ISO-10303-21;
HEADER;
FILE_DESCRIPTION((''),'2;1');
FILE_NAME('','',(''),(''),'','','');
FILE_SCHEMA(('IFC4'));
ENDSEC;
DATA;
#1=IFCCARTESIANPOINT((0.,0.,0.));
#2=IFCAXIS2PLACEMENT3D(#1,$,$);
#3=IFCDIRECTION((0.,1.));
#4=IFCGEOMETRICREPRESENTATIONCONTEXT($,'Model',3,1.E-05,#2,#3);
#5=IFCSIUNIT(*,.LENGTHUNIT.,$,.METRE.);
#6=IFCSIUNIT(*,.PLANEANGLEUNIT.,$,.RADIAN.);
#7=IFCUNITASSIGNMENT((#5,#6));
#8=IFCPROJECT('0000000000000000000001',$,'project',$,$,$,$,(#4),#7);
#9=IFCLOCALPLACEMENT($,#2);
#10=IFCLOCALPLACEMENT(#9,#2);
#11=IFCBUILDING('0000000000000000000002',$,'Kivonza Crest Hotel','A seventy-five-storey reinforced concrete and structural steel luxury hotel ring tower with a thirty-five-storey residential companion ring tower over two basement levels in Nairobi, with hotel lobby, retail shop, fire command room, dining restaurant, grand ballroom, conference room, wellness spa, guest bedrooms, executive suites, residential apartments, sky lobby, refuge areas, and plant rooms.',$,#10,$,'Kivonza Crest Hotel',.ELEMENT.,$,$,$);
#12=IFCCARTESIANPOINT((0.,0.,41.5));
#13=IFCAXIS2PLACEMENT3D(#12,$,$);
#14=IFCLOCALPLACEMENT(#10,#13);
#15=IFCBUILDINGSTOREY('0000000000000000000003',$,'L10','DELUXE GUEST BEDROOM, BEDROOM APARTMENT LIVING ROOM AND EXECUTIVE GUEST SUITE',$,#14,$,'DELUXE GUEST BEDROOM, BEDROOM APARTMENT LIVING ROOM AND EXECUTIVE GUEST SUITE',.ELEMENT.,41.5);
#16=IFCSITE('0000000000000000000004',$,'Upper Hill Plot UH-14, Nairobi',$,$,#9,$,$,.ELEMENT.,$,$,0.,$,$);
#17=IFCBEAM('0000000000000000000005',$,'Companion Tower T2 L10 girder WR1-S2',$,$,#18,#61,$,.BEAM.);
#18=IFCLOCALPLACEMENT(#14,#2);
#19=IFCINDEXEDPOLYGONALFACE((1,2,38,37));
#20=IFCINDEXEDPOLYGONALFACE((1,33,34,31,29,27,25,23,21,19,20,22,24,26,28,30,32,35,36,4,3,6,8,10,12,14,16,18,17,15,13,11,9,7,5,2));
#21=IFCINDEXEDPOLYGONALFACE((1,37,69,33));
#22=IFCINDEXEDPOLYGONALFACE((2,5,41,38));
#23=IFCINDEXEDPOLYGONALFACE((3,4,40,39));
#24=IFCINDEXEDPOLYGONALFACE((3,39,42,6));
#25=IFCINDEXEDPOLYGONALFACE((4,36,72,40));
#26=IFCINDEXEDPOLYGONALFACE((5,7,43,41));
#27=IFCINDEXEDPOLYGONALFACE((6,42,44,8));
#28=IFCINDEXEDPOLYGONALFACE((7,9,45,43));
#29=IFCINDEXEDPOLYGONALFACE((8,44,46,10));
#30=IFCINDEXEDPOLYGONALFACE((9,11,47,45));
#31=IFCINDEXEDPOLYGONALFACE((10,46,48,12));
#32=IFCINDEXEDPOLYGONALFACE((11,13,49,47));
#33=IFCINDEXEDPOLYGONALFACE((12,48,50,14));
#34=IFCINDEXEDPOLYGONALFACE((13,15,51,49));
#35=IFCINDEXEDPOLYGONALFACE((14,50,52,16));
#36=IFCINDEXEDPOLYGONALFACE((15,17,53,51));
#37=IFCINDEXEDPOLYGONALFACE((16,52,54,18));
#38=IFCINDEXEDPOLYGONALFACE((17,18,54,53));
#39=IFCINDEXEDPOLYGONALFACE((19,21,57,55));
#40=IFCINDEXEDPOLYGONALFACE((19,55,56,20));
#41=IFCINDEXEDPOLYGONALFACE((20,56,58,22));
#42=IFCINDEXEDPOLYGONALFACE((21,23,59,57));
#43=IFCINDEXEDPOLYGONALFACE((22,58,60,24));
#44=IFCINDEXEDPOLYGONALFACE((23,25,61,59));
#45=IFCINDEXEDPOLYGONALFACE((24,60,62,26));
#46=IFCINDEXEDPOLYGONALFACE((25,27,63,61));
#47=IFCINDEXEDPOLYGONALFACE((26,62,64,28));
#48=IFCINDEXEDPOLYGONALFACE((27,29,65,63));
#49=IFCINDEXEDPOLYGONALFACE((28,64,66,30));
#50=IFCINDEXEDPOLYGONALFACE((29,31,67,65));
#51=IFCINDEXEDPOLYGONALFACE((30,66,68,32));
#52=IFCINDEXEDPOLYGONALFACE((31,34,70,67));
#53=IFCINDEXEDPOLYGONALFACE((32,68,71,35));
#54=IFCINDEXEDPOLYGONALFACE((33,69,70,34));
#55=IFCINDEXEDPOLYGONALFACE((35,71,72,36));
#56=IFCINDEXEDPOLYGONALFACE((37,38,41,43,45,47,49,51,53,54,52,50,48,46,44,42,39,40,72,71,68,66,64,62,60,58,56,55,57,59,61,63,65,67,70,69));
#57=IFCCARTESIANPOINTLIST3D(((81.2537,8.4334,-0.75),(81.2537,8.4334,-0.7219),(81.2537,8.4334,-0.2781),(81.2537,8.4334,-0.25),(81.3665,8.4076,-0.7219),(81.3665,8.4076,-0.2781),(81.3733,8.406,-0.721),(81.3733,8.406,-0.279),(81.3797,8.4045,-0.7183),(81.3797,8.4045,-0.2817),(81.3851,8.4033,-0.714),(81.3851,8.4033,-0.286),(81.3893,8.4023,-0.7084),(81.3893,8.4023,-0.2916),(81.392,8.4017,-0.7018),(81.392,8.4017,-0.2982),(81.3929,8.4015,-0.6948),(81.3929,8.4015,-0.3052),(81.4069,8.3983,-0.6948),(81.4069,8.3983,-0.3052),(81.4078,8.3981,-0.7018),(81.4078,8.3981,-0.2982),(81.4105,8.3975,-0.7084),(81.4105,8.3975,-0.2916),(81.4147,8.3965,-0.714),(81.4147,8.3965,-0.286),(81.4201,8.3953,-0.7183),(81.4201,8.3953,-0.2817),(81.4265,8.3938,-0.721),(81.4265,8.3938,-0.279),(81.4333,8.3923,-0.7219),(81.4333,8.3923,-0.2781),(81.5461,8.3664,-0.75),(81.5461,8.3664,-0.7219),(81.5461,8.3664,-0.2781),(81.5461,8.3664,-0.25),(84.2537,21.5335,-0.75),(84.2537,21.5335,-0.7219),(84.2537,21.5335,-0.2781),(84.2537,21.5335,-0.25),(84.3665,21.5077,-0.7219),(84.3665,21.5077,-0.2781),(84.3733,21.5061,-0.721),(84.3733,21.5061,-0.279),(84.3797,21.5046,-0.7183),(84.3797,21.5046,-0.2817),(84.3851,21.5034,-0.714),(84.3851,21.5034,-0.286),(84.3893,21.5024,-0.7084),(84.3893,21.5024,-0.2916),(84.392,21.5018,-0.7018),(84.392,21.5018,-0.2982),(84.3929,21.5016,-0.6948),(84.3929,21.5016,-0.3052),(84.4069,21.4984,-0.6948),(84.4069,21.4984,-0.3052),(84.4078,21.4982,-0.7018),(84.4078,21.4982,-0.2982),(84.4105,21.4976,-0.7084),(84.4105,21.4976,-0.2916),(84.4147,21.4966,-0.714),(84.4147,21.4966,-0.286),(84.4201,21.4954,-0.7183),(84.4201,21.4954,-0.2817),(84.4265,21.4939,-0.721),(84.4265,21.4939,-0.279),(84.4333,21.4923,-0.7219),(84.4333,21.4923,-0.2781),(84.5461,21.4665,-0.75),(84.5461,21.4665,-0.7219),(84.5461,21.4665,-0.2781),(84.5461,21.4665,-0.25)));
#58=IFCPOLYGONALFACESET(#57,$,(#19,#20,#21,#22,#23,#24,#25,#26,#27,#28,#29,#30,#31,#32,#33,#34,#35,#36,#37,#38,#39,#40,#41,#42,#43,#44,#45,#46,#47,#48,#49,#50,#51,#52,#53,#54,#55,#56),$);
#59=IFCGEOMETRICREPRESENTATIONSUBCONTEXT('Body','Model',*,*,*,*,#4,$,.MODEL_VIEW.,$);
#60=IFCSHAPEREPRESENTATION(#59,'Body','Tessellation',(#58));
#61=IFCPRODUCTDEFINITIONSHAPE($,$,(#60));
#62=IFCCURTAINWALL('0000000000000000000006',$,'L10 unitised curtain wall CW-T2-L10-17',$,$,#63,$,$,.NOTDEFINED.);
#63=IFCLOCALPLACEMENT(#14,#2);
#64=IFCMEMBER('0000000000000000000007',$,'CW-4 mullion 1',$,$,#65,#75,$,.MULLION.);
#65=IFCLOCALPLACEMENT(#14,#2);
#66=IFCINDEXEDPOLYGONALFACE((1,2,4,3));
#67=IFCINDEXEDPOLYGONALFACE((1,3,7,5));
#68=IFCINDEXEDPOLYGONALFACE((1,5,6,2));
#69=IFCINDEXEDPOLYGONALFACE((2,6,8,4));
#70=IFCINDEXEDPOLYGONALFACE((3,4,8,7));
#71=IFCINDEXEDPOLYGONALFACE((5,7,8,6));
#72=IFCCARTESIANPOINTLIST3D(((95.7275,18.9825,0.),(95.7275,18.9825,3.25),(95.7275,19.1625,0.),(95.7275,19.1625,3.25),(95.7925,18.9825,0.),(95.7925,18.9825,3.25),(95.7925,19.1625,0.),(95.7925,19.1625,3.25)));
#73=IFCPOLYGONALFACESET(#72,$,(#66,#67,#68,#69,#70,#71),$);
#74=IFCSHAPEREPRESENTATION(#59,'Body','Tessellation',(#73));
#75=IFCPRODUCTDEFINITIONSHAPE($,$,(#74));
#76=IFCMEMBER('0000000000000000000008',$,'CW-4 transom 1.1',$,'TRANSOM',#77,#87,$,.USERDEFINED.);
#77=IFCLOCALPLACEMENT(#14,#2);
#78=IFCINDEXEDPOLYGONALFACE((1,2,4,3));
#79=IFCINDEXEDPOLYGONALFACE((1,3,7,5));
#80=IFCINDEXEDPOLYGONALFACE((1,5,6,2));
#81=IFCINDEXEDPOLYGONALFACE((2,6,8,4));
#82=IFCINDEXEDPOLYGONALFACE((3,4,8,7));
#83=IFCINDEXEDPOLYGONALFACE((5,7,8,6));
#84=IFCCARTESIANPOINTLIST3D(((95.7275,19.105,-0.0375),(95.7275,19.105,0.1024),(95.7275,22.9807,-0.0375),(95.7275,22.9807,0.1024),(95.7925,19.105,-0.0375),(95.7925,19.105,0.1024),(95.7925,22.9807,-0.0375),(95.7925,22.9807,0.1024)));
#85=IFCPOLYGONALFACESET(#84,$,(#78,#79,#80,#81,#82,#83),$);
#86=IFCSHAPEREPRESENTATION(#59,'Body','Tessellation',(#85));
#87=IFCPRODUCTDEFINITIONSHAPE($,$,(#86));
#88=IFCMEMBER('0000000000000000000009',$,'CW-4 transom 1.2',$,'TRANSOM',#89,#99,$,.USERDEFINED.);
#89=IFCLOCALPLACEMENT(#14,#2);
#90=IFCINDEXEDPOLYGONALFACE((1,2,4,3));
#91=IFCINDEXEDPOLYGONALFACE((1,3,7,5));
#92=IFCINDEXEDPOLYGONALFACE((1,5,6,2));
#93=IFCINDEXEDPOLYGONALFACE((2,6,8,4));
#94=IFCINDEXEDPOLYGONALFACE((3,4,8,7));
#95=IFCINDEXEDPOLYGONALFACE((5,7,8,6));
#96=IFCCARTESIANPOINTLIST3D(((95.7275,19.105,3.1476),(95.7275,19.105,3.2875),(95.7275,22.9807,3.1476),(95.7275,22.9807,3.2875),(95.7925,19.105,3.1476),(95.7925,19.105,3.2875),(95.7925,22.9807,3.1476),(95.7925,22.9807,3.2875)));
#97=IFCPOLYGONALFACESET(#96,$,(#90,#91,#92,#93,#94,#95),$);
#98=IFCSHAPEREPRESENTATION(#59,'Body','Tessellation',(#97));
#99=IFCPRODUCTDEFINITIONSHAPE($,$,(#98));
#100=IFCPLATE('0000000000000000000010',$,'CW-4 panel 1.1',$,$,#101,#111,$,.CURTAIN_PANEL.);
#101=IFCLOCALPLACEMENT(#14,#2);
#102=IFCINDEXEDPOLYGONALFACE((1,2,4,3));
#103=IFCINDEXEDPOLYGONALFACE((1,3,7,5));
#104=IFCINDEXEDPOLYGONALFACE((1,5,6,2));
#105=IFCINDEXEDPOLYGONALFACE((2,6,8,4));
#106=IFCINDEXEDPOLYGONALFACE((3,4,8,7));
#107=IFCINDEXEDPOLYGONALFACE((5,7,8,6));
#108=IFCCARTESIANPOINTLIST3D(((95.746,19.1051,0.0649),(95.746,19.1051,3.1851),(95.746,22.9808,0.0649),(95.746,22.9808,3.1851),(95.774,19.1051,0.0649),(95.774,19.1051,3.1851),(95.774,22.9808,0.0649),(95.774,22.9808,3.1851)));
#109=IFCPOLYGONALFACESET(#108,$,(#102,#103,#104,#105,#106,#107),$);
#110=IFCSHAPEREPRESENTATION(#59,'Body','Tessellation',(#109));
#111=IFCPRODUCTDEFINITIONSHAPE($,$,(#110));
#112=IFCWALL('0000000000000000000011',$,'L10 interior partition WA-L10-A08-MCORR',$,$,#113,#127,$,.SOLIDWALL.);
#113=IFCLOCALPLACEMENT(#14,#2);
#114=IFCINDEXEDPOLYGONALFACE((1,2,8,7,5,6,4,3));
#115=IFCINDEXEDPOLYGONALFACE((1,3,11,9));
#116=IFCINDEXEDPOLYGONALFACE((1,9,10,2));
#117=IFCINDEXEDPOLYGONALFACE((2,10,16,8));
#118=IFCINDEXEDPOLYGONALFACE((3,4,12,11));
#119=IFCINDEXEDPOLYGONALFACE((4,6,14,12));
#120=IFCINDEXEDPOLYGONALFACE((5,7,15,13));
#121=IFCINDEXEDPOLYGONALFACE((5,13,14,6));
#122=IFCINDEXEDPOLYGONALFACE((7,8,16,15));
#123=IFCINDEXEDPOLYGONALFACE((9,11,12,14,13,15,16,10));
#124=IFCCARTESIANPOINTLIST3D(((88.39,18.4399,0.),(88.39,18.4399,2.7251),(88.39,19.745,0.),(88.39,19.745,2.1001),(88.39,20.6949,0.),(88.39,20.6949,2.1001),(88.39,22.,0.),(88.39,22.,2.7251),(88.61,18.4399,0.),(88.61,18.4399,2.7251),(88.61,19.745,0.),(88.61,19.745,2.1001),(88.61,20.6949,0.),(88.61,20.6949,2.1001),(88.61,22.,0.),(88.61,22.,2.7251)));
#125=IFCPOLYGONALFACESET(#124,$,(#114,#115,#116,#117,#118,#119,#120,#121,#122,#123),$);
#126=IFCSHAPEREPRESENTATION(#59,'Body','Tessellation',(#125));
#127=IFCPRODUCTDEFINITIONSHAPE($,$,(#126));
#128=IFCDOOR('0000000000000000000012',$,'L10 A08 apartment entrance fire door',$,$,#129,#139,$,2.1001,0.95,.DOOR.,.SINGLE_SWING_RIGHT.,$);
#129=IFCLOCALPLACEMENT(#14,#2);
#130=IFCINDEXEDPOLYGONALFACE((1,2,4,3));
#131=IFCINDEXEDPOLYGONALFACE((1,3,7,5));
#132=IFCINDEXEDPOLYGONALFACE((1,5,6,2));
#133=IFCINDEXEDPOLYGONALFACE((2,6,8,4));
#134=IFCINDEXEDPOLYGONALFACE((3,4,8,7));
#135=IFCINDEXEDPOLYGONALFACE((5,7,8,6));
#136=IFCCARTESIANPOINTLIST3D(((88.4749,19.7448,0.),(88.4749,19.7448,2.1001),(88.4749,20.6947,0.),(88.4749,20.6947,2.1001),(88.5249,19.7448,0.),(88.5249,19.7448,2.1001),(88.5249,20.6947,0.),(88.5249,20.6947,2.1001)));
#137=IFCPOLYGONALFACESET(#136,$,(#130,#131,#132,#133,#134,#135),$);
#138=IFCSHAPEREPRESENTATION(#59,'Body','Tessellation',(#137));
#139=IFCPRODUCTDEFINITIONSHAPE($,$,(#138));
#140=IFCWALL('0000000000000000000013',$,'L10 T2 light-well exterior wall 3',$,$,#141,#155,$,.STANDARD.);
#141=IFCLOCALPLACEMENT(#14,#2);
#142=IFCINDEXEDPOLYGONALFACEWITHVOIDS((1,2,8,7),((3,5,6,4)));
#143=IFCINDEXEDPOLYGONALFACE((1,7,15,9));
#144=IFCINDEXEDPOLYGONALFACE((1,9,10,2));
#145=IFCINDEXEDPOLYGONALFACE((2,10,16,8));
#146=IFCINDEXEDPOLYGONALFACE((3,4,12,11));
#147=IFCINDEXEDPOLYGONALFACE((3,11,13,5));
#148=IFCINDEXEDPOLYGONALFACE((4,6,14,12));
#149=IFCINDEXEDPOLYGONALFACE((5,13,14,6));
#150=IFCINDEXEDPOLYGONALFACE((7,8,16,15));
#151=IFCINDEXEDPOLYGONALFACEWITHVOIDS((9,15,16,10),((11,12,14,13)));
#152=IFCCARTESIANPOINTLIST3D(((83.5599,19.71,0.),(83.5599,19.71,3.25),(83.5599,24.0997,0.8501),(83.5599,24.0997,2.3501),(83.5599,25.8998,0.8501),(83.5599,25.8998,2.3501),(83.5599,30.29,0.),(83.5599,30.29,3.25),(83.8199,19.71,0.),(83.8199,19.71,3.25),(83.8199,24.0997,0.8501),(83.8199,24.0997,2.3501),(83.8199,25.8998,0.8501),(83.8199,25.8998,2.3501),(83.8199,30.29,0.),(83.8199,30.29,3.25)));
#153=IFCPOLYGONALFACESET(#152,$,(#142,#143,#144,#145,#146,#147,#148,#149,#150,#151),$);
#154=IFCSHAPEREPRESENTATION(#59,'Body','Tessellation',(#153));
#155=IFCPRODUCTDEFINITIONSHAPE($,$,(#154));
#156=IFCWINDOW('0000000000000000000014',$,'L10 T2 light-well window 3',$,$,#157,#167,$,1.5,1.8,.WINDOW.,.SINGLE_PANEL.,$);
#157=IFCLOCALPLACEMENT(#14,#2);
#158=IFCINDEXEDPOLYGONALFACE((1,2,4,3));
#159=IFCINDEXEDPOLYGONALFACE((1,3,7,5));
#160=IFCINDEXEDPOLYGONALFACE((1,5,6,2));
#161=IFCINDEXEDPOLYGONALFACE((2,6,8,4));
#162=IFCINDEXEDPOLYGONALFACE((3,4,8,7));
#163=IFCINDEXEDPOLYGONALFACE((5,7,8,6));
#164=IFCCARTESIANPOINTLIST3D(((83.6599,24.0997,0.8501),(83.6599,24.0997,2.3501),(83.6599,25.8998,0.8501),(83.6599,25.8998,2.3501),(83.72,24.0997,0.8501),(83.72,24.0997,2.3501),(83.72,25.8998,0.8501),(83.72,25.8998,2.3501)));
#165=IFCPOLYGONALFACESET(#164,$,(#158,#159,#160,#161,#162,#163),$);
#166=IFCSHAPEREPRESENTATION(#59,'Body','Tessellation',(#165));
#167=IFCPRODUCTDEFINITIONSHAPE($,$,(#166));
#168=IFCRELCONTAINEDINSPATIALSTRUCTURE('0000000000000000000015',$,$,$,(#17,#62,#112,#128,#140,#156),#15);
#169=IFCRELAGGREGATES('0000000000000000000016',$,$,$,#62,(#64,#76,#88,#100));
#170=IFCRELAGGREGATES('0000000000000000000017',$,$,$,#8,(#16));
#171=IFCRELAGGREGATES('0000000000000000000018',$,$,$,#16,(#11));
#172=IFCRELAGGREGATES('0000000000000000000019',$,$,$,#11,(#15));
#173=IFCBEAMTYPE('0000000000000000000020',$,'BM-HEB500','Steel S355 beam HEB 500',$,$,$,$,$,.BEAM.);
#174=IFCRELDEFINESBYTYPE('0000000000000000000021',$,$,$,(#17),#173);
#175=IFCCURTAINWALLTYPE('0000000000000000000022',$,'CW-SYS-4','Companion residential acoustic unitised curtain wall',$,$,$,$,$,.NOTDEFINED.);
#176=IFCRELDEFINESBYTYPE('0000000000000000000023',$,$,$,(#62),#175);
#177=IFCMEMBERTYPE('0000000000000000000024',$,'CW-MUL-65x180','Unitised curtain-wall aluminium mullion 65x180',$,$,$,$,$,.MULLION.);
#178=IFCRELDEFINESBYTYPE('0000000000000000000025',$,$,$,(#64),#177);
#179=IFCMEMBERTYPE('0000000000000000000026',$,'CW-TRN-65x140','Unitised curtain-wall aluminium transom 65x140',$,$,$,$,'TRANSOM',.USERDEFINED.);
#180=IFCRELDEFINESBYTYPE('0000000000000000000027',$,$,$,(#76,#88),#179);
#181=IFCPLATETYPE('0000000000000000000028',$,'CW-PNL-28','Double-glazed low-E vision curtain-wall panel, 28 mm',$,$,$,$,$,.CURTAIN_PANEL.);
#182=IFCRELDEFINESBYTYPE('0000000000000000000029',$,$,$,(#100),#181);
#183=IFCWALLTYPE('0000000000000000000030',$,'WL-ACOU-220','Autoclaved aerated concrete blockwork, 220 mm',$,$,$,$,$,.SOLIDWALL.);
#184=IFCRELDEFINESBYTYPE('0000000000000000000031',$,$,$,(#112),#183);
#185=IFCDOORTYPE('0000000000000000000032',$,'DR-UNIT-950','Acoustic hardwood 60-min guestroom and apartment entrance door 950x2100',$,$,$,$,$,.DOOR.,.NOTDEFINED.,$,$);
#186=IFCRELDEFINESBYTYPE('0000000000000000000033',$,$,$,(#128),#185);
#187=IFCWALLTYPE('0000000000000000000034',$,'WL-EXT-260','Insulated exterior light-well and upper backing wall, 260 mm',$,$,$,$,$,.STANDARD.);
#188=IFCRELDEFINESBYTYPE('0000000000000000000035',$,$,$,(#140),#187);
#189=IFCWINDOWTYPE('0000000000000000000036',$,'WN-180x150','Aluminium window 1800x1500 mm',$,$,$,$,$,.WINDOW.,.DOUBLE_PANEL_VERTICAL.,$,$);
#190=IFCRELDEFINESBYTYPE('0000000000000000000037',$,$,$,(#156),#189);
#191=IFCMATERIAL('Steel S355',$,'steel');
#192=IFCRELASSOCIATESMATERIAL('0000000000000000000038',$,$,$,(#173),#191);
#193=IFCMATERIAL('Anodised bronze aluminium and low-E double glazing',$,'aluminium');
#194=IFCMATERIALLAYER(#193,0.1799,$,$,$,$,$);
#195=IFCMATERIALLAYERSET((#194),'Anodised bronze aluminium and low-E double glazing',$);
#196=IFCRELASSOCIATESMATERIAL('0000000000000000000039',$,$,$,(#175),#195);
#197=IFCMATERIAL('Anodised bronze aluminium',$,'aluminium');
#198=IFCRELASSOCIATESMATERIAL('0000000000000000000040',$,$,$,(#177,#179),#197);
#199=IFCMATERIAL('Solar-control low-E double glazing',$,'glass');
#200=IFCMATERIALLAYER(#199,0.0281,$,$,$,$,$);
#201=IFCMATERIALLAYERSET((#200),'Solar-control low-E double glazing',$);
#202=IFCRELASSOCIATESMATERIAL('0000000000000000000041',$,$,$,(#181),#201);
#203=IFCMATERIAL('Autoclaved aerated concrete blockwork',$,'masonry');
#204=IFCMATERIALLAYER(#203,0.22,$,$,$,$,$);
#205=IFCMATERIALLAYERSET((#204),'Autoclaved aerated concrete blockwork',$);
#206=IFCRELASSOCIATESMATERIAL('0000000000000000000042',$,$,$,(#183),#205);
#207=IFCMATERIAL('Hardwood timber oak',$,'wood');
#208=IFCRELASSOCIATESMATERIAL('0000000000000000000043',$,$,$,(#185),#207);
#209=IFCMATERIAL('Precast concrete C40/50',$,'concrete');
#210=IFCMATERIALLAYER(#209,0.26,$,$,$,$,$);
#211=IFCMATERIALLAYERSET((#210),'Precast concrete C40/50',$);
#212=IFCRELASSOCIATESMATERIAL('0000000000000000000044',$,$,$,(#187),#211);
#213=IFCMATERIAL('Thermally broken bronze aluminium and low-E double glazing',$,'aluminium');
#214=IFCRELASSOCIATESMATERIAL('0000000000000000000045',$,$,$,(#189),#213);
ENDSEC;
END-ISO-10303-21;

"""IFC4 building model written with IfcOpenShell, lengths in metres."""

from ifc_helpers import new_model, si_unit, direction, frame, frame_2d, origin, origin_2d, place, context, subcontext, project, spatial, rectangle, i_section, extrude, material, layer, layer_set, material_profile, profile_set, type_object, element, fill, aggregate, save


model = new_model("IFC4")

# Units and contexts
model_context = context("Model", 3, precision=1e-05, world=origin(), true_north=direction((0.0, 1.0)))
body_context = subcontext(model_context, "Body", "Model", "MODEL_VIEW")
ifc_project = project(units=[si_unit("LENGTHUNIT", "METRE"), si_unit("PLANEANGLEUNIT", "RADIAN")], contexts=[model_context])

# Site, building, storey
site_placement = place(None, origin())
site = spatial("IfcSite", under=ifc_project, at=site_placement, Name="Upper Hill Plot UH-14, Nairobi", CompositionType="ELEMENT", RefElevation=0.0)
building_placement = place(site_placement, origin())
building = spatial("IfcBuilding", under=site, at=building_placement, Name="Kivonza Crest Hotel", Description="A seventy-five-storey reinforced concrete and structural steel luxury hotel ring tower with a thirty-five-storey residential companion ring tower over two basement levels in Nairobi, with hotel lobby, retail shop, fire command room, dining restaurant, grand ballroom, conference room, wellness spa, guest bedrooms, executive suites, residential apartments, sky lobby, refuge areas, and plant rooms.", LongName="Kivonza Crest Hotel", CompositionType="ELEMENT")
storey_placement = place(building_placement, frame((0.0, 0.0, 41.5)))
storey = spatial("IfcBuildingStorey", under=building, at=storey_placement, Name="L10", Description="DELUXE GUEST BEDROOM, BEDROOM APARTMENT LIVING ROOM AND EXECUTIVE GUEST SUITE", LongName="DELUXE GUEST BEDROOM, BEDROOM APARTMENT LIVING ROOM AND EXECUTIVE GUEST SUITE", CompositionType="ELEMENT", Elevation=41.5)

# Beam
ifc_material_1 = material(Name="Steel S355", Category="steel")
ifc_material_profile_1 = material_profile(ifc_material_1, i_section(OverallWidth=0.3, OverallDepth=0.5, WebThickness=0.0144, FlangeThickness=0.0281, FilletRadius=0.0271, at=origin_2d()), Name="HEB 500")
ifc_profile_set_1 = profile_set([ifc_material_profile_1], Name="Steel S355")
beam_type_1 = type_object("IfcBeamType", Name="BM-HEB500", Description="Steel S355 beam HEB 500", PredefinedType="BEAM", material=ifc_profile_set_1)
beam_1_placement = place(storey_placement, frame((84.3999, 21.5, -0.5), z_axis=(-0.223227, -0.974766, 0.0), x_axis=(0.974766, -0.223227, 0.0)))
element("IfcBeam", 1, at=beam_1_placement, inside=storey, type_object=beam_type_1, Name="Companion Tower T2 L10 girder WR1-S2", PredefinedType="BEAM", context=body_context, shape_type="SweptSolid", body=[
    extrude(i_section(OverallWidth=0.3, OverallDepth=0.5, WebThickness=0.0144, FlangeThickness=0.0281, FilletRadius=0.0271, at=origin_2d()), origin(), (0.0, 0.0, 1.0), 13.4392),
])

# Curtain wall, members, plate
ifc_material_2 = material(Name="Anodised bronze aluminium and low-E double glazing", Category="aluminium")
ifc_layer_1 = layer(ifc_material_2, 0.1799)
ifc_layer_set_1 = layer_set([ifc_layer_1], Name="Anodised bronze aluminium and low-E double glazing")
curtain_wall_type = type_object("IfcCurtainWallType", Name="CW-SYS-4", Description="Companion residential acoustic unitised curtain wall", PredefinedType="NOTDEFINED", material=ifc_layer_set_1)
curtain_wall_placement = place(storey_placement, origin())
curtain_wall = element("IfcCurtainWall", 2, at=curtain_wall_placement, inside=storey, type_object=curtain_wall_type, Name="L10 unitised curtain wall CW-T2-L10-17", PredefinedType="NOTDEFINED")
ifc_material_3 = material(Name="Anodised bronze aluminium", Category="aluminium")
ifc_material_profile_2 = material_profile(ifc_material_3, rectangle(XDim=0.0649, YDim=0.1799, at=origin_2d()), Name="CW-M 65x180")
ifc_profile_set_2 = profile_set([ifc_material_profile_2], Name="Anodised bronze aluminium")
member_type_1 = type_object("IfcMemberType", Name="CW-MUL-65x180", Description="Unitised curtain-wall aluminium mullion 65x180", PredefinedType="MULLION", material=ifc_profile_set_2)
member_1_placement = place(storey_placement, frame((95.76, 19.0725, 0.0), z_axis=(0.0, 0.0, 1.0), x_axis=(-1.0, 0.0, 0.0)))
member_1 = element("IfcMember", 3, at=member_1_placement, type_object=member_type_1, Name="CW-4 mullion 1", PredefinedType="MULLION", context=body_context, shape_type="SweptSolid", body=[
    extrude(rectangle(XDim=0.0649, YDim=0.1799, at=origin_2d()), origin(), (0.0, 0.0, 1.0), 3.25),
])
ifc_material_profile_3 = material_profile(ifc_material_3, rectangle(XDim=0.0649, YDim=0.1399, at=origin_2d()), Name="CW-T 65x140")
ifc_profile_set_3 = profile_set([ifc_material_profile_3], Name="Anodised bronze aluminium")
member_type_2 = type_object("IfcMemberType", Name="CW-TRN-65x140", Description="Unitised curtain-wall aluminium transom 65x140", ElementType="TRANSOM", PredefinedType="USERDEFINED", material=ifc_profile_set_3)
member_2_placement = place(storey_placement, frame((95.76, 19.105, 0.0325), z_axis=(0.0, 1.0, 0.0), x_axis=(-1.0, 0.0, 0.0)))
member_2 = element("IfcMember", 4, at=member_2_placement, type_object=member_type_2, Name="CW-4 transom 1.1", ObjectType="TRANSOM", PredefinedType="USERDEFINED", context=body_context, shape_type="SweptSolid", body=[
    extrude(rectangle(XDim=0.0649, YDim=0.1399, at=origin_2d()), origin(), (0.0, 0.0, 1.0), 3.8757),
])
member_3_placement = place(storey_placement, frame((95.76, 19.105, 3.2175), z_axis=(0.0, 1.0, 0.0), x_axis=(-1.0, 0.0, 0.0)))
member_3 = element("IfcMember", 5, at=member_3_placement, type_object=member_type_2, Name="CW-4 transom 1.2", ObjectType="TRANSOM", PredefinedType="USERDEFINED", context=body_context, shape_type="SweptSolid", body=[
    extrude(rectangle(XDim=0.0649, YDim=0.1399, at=origin_2d()), origin(), (0.0, 0.0, 1.0), 3.8757),
])
ifc_material_4 = material(Name="Solar-control low-E double glazing", Category="glass")
ifc_layer_2 = layer(ifc_material_4, 0.0281)
ifc_layer_set_2 = layer_set([ifc_layer_2], Name="Solar-control low-E double glazing")
plate_type = type_object("IfcPlateType", Name="CW-PNL-28", Description="Double-glazed low-E vision curtain-wall panel, 28 mm", PredefinedType="CURTAIN_PANEL", material=ifc_layer_set_2)
plate_placement = place(storey_placement, frame((95.76, 21.043, 0.0649), z_axis=(0.0, 0.0, 1.0), x_axis=(0.0, 1.0, 0.0)))
plate = element("IfcPlate", 6, at=plate_placement, type_object=plate_type, Name="CW-4 panel 1.1", PredefinedType="CURTAIN_PANEL", context=body_context, shape_type="SweptSolid", body=[
    extrude(rectangle(XDim=3.8757, YDim=0.0281, at=origin_2d()), origin(), (0.0, 0.0, 1.0), 3.1201),
])
aggregate(curtain_wall, [member_1, member_2, member_3, plate])

# Wall, opening, door
ifc_material_5 = material(Name="Autoclaved aerated concrete blockwork", Category="masonry")
ifc_layer_3 = layer(ifc_material_5, 0.22)
ifc_layer_set_3 = layer_set([ifc_layer_3], Name="Autoclaved aerated concrete blockwork")
wall_type_1 = type_object("IfcWallType", Name="WL-ACOU-220", Description="Autoclaved aerated concrete blockwork, 220 mm", PredefinedType="SOLIDWALL", material=ifc_layer_set_3)
wall_1_placement = place(storey_placement, frame((88.5, 18.4399, 0.0), z_axis=(0.0, 0.0, 1.0), x_axis=(0.0, 1.0, 0.0)))
wall_1 = element("IfcWall", 7, at=wall_1_placement, inside=storey, type_object=wall_type_1, Name="L10 interior partition WA-L10-A08-MCORR", PredefinedType="SOLIDWALL", context=body_context, shape_type="SweptSolid", body=[
    extrude(rectangle(XDim=3.5601, YDim=0.22, at=frame_2d((1.78, 0.0))), origin(), (0.0, 0.0, 1.0), 2.7251),
])
opening_1_placement = place(wall_1_placement, frame((1.3049, 0.0, 0.0)))
opening_1 = element("IfcOpeningElement", 8, at=opening_1_placement, cuts=wall_1, PredefinedType="OPENING", context=body_context, shape_type="SweptSolid", body=[
    extrude(rectangle(XDim=0.95, YDim=2.1001, at=frame_2d((0.4751, 1.05))), frame((0.0, 0.1201, 0.0), z_axis=(0.0, -1.0, 0.0), x_axis=(1.0, 0.0, 0.0)), (0.0, 0.0, 1.0), 0.24),
])
ifc_material_6 = material(Name="Hardwood timber oak", Category="wood")
door_type_1 = type_object("IfcDoorType", Name="DR-UNIT-950", Description="Acoustic hardwood 60-min guestroom and apartment entrance door 950x2100", OperationType="NOTDEFINED", PredefinedType="DOOR", material=ifc_material_6)
door_1_placement = place(opening_1_placement, frame((0.95, 0.0, 0.0), z_axis=(0.0, 0.0, 1.0), x_axis=(-1.0, 0.0, 0.0)))
door_1 = element("IfcDoor", 9, at=door_1_placement, inside=storey, type_object=door_type_1, Name="L10 A08 apartment entrance fire door", OperationType="SINGLE_SWING_RIGHT", OverallHeight=2.1001, OverallWidth=0.95, PredefinedType="DOOR", context=body_context, shape_type="SweptSolid", body=[
    extrude(rectangle(XDim=0.95, YDim=2.1001, at=frame_2d((0.4751, 1.05))), frame((0.0, 0.0249, 0.0), z_axis=(0.0, -1.0, 0.0), x_axis=(1.0, 0.0, 0.0)), (0.0, 0.0, 1.0), 0.05),
])
fill(opening_1, door_1)

# Wall, opening, window
ifc_material_7 = material(Name="Precast concrete C40/50", Category="concrete")
ifc_layer_4 = layer(ifc_material_7, 0.26)
ifc_layer_set_4 = layer_set([ifc_layer_4], Name="Precast concrete C40/50")
wall_type_2 = type_object("IfcWallType", Name="WL-EXT-260", Description="Insulated exterior light-well and upper backing wall, 260 mm", PredefinedType="STANDARD", material=ifc_layer_set_4)
wall_2_placement = place(storey_placement, frame((83.6899, 19.71, 0.0), z_axis=(0.0, 0.0, 1.0), x_axis=(0.0, 1.0, 0.0)))
wall_2 = element("IfcWall", 10, at=wall_2_placement, inside=storey, type_object=wall_type_2, Name="L10 T2 light-well exterior wall 3", PredefinedType="STANDARD", context=body_context, shape_type="SweptSolid", body=[
    extrude(rectangle(XDim=10.5801, YDim=0.26, at=frame_2d((5.29, 0.0))), origin(), (0.0, 0.0, 1.0), 3.25),
])
opening_2_placement = place(wall_2_placement, frame((4.3899, 0.0, 0.8501)))
opening_2 = element("IfcOpeningElement", 11, at=opening_2_placement, cuts=wall_2, PredefinedType="OPENING", context=body_context, shape_type="SweptSolid", body=[
    extrude(rectangle(XDim=1.8, YDim=1.5, at=frame_2d((0.8999, 0.75))), frame((0.0, 0.1401, 0.0), z_axis=(0.0, -1.0, 0.0), x_axis=(1.0, 0.0, 0.0)), (0.0, 0.0, 1.0), 0.28),
])
ifc_material_8 = material(Name="Thermally broken bronze aluminium and low-E double glazing", Category="aluminium")
window_type = type_object("IfcWindowType", Name="WN-180x150", Description="Aluminium window 1800x1500 mm", PartitioningType="DOUBLE_PANEL_VERTICAL", PredefinedType="WINDOW", material=ifc_material_8)
window_placement = place(opening_2_placement, origin())
window = element("IfcWindow", 12, at=window_placement, inside=storey, type_object=window_type, Name="L10 T2 light-well window 3", OverallHeight=1.5, OverallWidth=1.8, PartitioningType="SINGLE_PANEL", PredefinedType="WINDOW", context=body_context, shape_type="SweptSolid", body=[
    extrude(rectangle(XDim=1.8, YDim=1.5, at=frame_2d((0.8999, 0.75))), frame((0.0, 0.03, 0.0), z_axis=(0.0, -1.0, 0.0), x_axis=(1.0, 0.0, 0.0)), (0.0, 0.0, 1.0), 0.0601),
])
fill(opening_2, window)

save(model, "model.ifc")
